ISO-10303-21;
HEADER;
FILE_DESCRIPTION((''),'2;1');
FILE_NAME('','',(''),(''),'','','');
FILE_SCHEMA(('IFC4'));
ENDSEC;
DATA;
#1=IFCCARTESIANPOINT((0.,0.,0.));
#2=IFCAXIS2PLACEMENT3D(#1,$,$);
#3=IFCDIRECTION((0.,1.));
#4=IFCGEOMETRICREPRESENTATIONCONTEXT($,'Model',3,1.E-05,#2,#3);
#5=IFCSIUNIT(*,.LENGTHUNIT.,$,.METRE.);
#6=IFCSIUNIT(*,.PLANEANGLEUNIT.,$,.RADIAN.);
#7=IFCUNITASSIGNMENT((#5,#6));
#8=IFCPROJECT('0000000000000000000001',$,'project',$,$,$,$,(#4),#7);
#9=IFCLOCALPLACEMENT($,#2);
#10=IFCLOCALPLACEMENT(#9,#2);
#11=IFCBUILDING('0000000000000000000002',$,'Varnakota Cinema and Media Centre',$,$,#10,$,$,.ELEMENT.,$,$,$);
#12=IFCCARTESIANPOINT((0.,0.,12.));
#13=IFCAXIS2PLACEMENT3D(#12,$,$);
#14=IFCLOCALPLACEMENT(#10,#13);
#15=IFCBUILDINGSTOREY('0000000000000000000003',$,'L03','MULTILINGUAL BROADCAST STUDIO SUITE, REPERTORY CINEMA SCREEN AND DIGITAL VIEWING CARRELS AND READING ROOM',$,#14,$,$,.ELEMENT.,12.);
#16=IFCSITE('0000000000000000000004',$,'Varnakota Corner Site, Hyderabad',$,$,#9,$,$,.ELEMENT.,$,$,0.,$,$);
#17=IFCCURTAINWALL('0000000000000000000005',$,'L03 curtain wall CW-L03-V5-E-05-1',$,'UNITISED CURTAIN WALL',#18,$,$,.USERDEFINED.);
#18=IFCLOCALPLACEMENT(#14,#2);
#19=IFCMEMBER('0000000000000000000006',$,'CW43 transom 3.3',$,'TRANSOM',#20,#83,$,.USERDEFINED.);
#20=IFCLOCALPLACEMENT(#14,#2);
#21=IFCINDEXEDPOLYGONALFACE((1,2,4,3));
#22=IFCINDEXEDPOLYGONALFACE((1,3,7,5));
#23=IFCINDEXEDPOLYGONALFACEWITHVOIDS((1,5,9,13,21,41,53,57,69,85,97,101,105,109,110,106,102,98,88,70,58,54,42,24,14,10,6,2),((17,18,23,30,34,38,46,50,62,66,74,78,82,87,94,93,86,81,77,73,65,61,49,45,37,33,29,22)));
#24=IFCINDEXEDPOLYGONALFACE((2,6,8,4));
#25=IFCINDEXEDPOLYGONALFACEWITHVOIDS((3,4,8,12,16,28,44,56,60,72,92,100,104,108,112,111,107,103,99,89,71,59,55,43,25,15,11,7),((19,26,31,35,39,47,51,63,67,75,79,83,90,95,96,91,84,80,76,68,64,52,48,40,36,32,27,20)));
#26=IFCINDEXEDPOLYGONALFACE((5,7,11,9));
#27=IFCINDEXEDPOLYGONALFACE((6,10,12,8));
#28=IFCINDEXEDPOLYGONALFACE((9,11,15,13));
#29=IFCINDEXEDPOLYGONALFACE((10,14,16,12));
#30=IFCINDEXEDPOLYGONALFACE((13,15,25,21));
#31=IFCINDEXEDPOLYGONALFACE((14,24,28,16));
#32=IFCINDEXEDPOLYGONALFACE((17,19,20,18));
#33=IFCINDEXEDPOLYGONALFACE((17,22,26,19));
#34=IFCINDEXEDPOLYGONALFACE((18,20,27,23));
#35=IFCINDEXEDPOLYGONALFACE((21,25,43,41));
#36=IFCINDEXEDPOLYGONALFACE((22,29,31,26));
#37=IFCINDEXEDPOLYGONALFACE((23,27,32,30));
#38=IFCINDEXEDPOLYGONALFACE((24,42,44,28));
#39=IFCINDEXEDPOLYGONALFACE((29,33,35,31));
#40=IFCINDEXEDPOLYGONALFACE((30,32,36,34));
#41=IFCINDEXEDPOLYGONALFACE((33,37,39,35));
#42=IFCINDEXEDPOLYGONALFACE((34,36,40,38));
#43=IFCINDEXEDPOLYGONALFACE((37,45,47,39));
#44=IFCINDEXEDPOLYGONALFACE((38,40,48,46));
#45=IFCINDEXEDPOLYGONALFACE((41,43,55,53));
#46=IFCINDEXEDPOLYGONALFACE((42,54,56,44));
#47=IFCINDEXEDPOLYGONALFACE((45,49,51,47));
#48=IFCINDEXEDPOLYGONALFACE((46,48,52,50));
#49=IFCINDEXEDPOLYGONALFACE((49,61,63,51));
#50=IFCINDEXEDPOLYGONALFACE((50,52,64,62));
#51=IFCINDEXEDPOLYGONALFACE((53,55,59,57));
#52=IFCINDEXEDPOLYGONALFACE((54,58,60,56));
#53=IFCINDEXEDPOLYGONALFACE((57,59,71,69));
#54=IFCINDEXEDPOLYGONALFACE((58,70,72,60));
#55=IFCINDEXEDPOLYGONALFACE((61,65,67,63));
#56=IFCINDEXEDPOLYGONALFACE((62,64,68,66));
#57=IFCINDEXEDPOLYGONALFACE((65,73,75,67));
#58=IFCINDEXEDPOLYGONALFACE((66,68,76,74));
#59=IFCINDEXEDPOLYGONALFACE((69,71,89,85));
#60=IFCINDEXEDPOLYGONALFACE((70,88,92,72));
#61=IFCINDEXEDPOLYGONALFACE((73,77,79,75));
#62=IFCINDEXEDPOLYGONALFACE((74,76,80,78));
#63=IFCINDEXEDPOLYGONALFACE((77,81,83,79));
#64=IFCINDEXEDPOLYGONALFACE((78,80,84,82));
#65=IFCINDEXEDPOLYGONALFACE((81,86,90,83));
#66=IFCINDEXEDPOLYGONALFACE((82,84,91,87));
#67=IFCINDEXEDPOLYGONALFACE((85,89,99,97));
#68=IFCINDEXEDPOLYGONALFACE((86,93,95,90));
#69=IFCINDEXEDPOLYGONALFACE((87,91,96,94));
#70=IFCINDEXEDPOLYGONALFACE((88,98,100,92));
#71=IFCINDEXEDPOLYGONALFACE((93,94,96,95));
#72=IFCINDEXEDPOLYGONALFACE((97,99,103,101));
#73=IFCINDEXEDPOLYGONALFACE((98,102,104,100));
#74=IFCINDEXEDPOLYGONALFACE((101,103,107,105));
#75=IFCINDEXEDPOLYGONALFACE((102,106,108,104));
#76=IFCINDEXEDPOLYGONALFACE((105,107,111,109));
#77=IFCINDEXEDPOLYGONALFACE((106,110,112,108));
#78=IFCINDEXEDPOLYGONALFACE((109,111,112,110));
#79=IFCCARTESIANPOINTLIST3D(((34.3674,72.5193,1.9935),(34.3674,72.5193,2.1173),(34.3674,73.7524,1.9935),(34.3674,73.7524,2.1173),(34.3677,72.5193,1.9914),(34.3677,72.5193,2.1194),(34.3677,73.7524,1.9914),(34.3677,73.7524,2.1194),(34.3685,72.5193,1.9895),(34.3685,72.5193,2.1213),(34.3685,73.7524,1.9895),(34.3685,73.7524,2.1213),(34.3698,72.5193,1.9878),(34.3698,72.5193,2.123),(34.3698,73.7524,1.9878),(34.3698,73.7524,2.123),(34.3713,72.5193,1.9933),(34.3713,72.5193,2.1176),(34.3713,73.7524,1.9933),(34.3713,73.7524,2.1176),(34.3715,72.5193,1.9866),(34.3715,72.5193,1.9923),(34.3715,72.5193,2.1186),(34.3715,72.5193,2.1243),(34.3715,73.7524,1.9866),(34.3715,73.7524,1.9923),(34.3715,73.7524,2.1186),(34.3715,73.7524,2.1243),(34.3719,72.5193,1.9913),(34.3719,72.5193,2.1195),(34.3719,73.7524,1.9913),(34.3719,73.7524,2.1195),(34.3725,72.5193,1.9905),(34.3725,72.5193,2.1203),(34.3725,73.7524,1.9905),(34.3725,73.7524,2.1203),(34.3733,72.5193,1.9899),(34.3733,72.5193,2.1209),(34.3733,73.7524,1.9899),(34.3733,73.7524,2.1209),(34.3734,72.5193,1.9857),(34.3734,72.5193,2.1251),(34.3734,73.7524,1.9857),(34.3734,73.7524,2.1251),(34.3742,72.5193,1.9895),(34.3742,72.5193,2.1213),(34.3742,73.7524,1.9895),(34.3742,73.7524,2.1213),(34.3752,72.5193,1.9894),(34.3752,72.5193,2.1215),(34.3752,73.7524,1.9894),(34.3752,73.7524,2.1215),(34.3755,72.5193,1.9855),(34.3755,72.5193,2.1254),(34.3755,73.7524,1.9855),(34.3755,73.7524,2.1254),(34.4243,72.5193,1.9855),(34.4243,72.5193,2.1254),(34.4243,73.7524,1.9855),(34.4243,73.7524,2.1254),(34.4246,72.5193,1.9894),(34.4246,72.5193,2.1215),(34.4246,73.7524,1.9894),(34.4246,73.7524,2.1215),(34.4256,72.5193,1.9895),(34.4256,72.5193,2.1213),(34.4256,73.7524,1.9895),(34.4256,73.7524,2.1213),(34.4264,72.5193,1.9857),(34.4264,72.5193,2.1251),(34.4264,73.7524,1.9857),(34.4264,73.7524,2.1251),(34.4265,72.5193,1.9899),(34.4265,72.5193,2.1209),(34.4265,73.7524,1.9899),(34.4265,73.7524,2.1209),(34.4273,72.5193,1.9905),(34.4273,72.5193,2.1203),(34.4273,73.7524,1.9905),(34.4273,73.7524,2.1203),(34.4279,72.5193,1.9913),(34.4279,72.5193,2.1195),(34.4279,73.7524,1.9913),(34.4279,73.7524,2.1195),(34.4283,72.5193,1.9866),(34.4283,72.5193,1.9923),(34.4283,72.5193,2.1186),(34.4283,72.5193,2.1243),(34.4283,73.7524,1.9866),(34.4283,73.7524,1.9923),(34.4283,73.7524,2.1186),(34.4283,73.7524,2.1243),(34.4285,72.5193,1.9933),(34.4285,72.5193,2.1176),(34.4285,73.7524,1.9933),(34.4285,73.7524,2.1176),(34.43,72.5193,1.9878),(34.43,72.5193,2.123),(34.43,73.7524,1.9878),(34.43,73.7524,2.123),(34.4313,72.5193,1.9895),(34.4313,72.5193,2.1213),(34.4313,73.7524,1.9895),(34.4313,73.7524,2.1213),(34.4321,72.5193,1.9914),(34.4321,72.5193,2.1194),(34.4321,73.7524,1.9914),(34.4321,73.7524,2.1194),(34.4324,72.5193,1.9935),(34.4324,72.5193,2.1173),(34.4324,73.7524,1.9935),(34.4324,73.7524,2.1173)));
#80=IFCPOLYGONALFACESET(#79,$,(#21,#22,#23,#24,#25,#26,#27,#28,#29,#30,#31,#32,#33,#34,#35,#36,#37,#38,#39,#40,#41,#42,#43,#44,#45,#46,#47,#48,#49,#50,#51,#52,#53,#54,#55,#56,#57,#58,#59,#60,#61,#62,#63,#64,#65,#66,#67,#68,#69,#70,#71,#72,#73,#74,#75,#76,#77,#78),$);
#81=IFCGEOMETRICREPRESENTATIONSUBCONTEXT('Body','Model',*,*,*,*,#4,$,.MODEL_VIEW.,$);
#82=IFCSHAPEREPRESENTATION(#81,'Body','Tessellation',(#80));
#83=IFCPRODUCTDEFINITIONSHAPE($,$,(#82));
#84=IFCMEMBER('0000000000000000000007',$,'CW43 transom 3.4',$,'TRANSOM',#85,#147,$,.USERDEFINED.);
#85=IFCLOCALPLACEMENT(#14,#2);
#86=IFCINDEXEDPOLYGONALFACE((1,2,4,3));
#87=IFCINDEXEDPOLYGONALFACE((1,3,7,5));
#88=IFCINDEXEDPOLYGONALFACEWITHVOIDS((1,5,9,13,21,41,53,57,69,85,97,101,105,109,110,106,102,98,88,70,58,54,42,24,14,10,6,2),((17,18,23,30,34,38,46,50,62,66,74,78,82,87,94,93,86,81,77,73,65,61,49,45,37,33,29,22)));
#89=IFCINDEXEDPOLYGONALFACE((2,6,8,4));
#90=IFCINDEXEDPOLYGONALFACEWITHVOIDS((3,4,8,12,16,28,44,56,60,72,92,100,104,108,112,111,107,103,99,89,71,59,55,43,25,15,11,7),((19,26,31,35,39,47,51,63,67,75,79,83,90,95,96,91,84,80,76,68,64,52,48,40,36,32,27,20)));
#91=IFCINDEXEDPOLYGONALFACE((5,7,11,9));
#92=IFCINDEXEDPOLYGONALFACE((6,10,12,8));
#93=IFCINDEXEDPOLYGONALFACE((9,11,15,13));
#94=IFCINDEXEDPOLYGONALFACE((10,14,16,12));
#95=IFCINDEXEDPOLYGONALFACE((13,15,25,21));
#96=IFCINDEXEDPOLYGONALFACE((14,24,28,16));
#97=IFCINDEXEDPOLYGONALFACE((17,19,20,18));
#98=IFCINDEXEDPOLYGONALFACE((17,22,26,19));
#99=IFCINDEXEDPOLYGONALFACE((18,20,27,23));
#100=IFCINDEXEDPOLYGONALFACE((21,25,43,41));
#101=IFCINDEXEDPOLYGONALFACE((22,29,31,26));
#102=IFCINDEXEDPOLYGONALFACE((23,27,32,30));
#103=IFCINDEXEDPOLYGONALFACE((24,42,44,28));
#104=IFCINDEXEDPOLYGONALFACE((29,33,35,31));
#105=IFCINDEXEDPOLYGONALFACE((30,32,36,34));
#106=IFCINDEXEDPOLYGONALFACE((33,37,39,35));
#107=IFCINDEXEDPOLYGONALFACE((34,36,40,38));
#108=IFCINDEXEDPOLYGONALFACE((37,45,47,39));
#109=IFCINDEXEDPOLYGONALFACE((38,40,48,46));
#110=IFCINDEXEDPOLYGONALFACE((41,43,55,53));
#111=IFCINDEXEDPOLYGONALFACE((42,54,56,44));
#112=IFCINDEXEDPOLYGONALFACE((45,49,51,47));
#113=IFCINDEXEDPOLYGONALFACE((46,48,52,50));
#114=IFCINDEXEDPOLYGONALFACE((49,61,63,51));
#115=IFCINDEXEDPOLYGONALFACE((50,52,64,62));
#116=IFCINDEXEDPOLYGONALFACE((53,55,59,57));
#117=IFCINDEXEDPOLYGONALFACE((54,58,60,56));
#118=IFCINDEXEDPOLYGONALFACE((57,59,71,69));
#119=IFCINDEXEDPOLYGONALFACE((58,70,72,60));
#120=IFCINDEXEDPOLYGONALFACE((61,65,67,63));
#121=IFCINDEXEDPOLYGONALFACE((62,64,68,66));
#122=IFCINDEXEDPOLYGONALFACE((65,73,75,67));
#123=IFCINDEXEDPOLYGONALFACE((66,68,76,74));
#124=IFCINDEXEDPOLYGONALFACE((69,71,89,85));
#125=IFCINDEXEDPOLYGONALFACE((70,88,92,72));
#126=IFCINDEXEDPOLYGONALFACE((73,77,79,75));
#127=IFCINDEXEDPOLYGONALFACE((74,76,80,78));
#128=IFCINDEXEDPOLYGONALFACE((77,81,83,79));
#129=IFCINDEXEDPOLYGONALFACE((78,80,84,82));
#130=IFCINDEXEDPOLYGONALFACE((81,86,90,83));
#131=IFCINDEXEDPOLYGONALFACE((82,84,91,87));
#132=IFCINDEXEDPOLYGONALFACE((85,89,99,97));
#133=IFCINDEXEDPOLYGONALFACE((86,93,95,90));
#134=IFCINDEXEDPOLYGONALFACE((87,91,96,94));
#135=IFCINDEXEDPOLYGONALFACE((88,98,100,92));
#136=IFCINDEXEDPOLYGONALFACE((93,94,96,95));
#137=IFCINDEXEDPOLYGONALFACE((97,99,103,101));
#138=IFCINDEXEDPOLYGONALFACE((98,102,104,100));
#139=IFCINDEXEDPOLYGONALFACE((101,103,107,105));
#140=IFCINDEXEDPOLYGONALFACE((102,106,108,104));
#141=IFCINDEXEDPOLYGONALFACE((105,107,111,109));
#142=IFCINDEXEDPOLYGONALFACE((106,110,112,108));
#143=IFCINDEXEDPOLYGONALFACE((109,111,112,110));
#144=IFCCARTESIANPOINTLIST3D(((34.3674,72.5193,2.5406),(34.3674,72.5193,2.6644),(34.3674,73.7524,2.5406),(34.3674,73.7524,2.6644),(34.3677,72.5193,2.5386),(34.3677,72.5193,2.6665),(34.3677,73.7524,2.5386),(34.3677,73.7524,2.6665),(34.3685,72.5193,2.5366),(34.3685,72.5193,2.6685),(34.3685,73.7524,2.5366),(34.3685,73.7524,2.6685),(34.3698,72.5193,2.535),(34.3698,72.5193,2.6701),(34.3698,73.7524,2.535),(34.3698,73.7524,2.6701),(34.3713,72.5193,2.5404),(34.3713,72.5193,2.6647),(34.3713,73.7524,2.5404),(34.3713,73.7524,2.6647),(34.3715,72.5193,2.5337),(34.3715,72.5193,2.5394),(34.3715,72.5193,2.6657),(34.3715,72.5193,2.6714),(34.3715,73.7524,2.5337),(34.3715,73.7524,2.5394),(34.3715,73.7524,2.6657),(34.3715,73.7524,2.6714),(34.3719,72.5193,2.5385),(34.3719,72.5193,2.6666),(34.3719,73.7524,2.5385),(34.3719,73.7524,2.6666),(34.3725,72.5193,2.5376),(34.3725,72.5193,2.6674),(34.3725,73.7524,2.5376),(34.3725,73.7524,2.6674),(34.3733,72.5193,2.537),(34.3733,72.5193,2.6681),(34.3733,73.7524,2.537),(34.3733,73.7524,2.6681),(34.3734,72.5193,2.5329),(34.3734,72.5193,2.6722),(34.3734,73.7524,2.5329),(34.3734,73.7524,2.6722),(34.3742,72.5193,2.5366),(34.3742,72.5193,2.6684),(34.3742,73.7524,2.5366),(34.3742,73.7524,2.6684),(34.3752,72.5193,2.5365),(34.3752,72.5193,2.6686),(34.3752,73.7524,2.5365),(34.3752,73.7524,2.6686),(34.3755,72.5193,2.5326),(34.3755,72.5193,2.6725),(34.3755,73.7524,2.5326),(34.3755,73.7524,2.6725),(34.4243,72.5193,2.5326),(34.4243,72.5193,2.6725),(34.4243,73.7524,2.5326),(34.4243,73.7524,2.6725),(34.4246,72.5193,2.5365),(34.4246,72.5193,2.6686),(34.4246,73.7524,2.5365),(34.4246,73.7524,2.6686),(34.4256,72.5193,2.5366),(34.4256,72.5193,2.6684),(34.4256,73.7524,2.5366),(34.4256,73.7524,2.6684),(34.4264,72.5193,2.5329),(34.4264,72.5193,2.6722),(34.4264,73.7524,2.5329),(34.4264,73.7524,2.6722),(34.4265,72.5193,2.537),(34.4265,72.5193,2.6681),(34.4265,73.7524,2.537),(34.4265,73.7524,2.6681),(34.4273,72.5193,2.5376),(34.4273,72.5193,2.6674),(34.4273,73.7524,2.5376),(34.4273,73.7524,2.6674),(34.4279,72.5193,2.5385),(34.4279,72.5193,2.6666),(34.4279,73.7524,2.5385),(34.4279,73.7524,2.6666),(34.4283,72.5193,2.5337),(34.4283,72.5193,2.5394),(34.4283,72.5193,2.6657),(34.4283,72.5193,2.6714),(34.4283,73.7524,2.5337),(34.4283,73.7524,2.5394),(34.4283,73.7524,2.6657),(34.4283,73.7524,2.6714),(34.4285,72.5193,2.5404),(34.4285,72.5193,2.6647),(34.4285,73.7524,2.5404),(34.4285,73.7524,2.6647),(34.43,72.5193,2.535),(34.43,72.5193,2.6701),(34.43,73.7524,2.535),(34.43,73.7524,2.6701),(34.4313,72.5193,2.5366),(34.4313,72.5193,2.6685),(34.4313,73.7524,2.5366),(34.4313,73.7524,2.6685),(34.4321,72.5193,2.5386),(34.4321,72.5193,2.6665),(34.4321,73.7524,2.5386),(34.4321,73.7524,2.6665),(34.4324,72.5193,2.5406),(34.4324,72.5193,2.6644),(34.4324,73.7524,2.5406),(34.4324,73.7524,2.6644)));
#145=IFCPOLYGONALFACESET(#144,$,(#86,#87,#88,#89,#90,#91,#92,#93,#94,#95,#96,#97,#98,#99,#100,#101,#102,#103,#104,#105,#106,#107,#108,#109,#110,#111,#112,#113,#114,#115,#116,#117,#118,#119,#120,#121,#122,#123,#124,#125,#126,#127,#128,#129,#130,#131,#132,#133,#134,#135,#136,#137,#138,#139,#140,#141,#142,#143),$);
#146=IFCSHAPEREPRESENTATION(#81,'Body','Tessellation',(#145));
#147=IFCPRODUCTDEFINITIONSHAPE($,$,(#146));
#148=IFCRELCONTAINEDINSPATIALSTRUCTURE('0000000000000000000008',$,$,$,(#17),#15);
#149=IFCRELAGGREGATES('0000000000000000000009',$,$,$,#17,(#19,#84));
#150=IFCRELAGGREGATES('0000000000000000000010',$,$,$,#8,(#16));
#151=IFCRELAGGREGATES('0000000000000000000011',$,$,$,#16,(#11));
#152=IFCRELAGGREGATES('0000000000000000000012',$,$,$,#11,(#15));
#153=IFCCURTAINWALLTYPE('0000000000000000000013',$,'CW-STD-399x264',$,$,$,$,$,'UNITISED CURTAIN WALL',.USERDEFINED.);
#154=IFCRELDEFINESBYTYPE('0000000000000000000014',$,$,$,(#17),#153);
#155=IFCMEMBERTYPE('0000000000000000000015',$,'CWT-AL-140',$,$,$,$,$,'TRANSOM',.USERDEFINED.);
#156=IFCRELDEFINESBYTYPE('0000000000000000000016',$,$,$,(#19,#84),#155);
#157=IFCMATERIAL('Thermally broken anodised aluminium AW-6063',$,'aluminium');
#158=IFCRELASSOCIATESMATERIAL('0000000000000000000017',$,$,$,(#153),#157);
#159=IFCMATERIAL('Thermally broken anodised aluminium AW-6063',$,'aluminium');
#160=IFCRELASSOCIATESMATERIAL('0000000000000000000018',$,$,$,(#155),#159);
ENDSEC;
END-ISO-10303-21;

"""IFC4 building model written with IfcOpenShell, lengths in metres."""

from ifc_helpers import new_model, si_unit, direction, frame, origin, origin_2d, place, context, subcontext, project, spatial, hollow_rectangle, extrude, material, material_profile, profile_set, type_object, element, aggregate, save


model = new_model("IFC4")

# Units and contexts
model_context = context("Model", 3, precision=1e-05, world=origin(), true_north=direction((0.0, 1.0)))
body_context = subcontext(model_context, "Body", "Model", "MODEL_VIEW")
ifc_project = project(units=[si_unit("LENGTHUNIT", "METRE"), si_unit("PLANEANGLEUNIT", "RADIAN")], contexts=[model_context])

# Site, building, storey
site_placement = place(None, origin())
site = spatial("IfcSite", under=ifc_project, at=site_placement, Name="Varnakota Corner Site, Hyderabad", CompositionType="ELEMENT", RefElevation=0.0)
building_placement = place(site_placement, origin())
building = spatial("IfcBuilding", under=site, at=building_placement, Name="Varnakota Cinema and Media Centre", CompositionType="ELEMENT")
storey_placement = place(building_placement, frame((0.0, 0.0, 12.0)))
storey = spatial("IfcBuildingStorey", under=building, at=storey_placement, Name="L03", Description="MULTILINGUAL BROADCAST STUDIO SUITE, REPERTORY CINEMA SCREEN AND DIGITAL VIEWING CARRELS AND READING ROOM", CompositionType="ELEMENT", Elevation=12.0)

# Shared definitions
ifc_material_1 = material(Name="Thermally broken anodised aluminium AW-6063", Category="aluminium")
curtain_wall_type = type_object("IfcCurtainWallType", Name="CW-STD-399x264", ElementType="UNITISED CURTAIN WALL", PredefinedType="USERDEFINED", material=ifc_material_1)

# Curtain wall, members
curtain_wall_1_placement = place(storey_placement, origin())
curtain_wall_1 = element("IfcCurtainWall", 1, at=curtain_wall_1_placement, inside=storey, type_object=curtain_wall_type, Name="L03 curtain wall CW-L03-V5-E-05-1", ObjectType="UNITISED CURTAIN WALL", PredefinedType="USERDEFINED")
ifc_material_2 = material(Name="Thermally broken anodised aluminium AW-6063", Category="aluminium")
ifc_material_profile_1 = material_profile(ifc_material_2, hollow_rectangle(XDim=0.0649, YDim=0.1399, WallThickness=0.0039, InnerFilletRadius=0.0039, OuterFilletRadius=0.0081, at=origin_2d()), Name="AL-TRANSOM 140x65x4")
ifc_profile_set_1 = profile_set([ifc_material_profile_1], Name="Thermally broken anodised aluminium AW-6063")
member_type_1 = type_object("IfcMemberType", Name="CWT-AL-140", ElementType="TRANSOM", PredefinedType="USERDEFINED", material=ifc_profile_set_1)
member_1_placement = place(storey_placement, frame((34.3999, 72.5193, 2.0554), z_axis=(0.0, 1.0, 0.0), x_axis=(-1.0, 0.0, 0.0)))
member_1 = element("IfcMember", 2, at=member_1_placement, type_object=member_type_1, Name="CW43 transom 3.3", ObjectType="TRANSOM", PredefinedType="USERDEFINED", context=body_context, shape_type="SweptSolid", body=[
    extrude(hollow_rectangle(XDim=0.0649, YDim=0.1399, WallThickness=0.0039, InnerFilletRadius=0.0039, OuterFilletRadius=0.0081, at=origin_2d()), origin(), (0.0, 0.0, 1.0), 1.2332),
])
member_2_placement = place(storey_placement, frame((34.3999, 72.5193, 2.6025), z_axis=(0.0, 1.0, 0.0), x_axis=(-1.0, 0.0, 0.0)))
member_2 = element("IfcMember", 3, at=member_2_placement, type_object=member_type_1, Name="CW43 transom 3.4", ObjectType="TRANSOM", PredefinedType="USERDEFINED", context=body_context, shape_type="SweptSolid", body=[
    extrude(hollow_rectangle(XDim=0.0649, YDim=0.1399, WallThickness=0.0039, InnerFilletRadius=0.0039, OuterFilletRadius=0.0081, at=origin_2d()), origin(), (0.0, 0.0, 1.0), 1.2332),
])

aggregate(curtain_wall_1, [member_1, member_2])

save(model, "model.ifc")
